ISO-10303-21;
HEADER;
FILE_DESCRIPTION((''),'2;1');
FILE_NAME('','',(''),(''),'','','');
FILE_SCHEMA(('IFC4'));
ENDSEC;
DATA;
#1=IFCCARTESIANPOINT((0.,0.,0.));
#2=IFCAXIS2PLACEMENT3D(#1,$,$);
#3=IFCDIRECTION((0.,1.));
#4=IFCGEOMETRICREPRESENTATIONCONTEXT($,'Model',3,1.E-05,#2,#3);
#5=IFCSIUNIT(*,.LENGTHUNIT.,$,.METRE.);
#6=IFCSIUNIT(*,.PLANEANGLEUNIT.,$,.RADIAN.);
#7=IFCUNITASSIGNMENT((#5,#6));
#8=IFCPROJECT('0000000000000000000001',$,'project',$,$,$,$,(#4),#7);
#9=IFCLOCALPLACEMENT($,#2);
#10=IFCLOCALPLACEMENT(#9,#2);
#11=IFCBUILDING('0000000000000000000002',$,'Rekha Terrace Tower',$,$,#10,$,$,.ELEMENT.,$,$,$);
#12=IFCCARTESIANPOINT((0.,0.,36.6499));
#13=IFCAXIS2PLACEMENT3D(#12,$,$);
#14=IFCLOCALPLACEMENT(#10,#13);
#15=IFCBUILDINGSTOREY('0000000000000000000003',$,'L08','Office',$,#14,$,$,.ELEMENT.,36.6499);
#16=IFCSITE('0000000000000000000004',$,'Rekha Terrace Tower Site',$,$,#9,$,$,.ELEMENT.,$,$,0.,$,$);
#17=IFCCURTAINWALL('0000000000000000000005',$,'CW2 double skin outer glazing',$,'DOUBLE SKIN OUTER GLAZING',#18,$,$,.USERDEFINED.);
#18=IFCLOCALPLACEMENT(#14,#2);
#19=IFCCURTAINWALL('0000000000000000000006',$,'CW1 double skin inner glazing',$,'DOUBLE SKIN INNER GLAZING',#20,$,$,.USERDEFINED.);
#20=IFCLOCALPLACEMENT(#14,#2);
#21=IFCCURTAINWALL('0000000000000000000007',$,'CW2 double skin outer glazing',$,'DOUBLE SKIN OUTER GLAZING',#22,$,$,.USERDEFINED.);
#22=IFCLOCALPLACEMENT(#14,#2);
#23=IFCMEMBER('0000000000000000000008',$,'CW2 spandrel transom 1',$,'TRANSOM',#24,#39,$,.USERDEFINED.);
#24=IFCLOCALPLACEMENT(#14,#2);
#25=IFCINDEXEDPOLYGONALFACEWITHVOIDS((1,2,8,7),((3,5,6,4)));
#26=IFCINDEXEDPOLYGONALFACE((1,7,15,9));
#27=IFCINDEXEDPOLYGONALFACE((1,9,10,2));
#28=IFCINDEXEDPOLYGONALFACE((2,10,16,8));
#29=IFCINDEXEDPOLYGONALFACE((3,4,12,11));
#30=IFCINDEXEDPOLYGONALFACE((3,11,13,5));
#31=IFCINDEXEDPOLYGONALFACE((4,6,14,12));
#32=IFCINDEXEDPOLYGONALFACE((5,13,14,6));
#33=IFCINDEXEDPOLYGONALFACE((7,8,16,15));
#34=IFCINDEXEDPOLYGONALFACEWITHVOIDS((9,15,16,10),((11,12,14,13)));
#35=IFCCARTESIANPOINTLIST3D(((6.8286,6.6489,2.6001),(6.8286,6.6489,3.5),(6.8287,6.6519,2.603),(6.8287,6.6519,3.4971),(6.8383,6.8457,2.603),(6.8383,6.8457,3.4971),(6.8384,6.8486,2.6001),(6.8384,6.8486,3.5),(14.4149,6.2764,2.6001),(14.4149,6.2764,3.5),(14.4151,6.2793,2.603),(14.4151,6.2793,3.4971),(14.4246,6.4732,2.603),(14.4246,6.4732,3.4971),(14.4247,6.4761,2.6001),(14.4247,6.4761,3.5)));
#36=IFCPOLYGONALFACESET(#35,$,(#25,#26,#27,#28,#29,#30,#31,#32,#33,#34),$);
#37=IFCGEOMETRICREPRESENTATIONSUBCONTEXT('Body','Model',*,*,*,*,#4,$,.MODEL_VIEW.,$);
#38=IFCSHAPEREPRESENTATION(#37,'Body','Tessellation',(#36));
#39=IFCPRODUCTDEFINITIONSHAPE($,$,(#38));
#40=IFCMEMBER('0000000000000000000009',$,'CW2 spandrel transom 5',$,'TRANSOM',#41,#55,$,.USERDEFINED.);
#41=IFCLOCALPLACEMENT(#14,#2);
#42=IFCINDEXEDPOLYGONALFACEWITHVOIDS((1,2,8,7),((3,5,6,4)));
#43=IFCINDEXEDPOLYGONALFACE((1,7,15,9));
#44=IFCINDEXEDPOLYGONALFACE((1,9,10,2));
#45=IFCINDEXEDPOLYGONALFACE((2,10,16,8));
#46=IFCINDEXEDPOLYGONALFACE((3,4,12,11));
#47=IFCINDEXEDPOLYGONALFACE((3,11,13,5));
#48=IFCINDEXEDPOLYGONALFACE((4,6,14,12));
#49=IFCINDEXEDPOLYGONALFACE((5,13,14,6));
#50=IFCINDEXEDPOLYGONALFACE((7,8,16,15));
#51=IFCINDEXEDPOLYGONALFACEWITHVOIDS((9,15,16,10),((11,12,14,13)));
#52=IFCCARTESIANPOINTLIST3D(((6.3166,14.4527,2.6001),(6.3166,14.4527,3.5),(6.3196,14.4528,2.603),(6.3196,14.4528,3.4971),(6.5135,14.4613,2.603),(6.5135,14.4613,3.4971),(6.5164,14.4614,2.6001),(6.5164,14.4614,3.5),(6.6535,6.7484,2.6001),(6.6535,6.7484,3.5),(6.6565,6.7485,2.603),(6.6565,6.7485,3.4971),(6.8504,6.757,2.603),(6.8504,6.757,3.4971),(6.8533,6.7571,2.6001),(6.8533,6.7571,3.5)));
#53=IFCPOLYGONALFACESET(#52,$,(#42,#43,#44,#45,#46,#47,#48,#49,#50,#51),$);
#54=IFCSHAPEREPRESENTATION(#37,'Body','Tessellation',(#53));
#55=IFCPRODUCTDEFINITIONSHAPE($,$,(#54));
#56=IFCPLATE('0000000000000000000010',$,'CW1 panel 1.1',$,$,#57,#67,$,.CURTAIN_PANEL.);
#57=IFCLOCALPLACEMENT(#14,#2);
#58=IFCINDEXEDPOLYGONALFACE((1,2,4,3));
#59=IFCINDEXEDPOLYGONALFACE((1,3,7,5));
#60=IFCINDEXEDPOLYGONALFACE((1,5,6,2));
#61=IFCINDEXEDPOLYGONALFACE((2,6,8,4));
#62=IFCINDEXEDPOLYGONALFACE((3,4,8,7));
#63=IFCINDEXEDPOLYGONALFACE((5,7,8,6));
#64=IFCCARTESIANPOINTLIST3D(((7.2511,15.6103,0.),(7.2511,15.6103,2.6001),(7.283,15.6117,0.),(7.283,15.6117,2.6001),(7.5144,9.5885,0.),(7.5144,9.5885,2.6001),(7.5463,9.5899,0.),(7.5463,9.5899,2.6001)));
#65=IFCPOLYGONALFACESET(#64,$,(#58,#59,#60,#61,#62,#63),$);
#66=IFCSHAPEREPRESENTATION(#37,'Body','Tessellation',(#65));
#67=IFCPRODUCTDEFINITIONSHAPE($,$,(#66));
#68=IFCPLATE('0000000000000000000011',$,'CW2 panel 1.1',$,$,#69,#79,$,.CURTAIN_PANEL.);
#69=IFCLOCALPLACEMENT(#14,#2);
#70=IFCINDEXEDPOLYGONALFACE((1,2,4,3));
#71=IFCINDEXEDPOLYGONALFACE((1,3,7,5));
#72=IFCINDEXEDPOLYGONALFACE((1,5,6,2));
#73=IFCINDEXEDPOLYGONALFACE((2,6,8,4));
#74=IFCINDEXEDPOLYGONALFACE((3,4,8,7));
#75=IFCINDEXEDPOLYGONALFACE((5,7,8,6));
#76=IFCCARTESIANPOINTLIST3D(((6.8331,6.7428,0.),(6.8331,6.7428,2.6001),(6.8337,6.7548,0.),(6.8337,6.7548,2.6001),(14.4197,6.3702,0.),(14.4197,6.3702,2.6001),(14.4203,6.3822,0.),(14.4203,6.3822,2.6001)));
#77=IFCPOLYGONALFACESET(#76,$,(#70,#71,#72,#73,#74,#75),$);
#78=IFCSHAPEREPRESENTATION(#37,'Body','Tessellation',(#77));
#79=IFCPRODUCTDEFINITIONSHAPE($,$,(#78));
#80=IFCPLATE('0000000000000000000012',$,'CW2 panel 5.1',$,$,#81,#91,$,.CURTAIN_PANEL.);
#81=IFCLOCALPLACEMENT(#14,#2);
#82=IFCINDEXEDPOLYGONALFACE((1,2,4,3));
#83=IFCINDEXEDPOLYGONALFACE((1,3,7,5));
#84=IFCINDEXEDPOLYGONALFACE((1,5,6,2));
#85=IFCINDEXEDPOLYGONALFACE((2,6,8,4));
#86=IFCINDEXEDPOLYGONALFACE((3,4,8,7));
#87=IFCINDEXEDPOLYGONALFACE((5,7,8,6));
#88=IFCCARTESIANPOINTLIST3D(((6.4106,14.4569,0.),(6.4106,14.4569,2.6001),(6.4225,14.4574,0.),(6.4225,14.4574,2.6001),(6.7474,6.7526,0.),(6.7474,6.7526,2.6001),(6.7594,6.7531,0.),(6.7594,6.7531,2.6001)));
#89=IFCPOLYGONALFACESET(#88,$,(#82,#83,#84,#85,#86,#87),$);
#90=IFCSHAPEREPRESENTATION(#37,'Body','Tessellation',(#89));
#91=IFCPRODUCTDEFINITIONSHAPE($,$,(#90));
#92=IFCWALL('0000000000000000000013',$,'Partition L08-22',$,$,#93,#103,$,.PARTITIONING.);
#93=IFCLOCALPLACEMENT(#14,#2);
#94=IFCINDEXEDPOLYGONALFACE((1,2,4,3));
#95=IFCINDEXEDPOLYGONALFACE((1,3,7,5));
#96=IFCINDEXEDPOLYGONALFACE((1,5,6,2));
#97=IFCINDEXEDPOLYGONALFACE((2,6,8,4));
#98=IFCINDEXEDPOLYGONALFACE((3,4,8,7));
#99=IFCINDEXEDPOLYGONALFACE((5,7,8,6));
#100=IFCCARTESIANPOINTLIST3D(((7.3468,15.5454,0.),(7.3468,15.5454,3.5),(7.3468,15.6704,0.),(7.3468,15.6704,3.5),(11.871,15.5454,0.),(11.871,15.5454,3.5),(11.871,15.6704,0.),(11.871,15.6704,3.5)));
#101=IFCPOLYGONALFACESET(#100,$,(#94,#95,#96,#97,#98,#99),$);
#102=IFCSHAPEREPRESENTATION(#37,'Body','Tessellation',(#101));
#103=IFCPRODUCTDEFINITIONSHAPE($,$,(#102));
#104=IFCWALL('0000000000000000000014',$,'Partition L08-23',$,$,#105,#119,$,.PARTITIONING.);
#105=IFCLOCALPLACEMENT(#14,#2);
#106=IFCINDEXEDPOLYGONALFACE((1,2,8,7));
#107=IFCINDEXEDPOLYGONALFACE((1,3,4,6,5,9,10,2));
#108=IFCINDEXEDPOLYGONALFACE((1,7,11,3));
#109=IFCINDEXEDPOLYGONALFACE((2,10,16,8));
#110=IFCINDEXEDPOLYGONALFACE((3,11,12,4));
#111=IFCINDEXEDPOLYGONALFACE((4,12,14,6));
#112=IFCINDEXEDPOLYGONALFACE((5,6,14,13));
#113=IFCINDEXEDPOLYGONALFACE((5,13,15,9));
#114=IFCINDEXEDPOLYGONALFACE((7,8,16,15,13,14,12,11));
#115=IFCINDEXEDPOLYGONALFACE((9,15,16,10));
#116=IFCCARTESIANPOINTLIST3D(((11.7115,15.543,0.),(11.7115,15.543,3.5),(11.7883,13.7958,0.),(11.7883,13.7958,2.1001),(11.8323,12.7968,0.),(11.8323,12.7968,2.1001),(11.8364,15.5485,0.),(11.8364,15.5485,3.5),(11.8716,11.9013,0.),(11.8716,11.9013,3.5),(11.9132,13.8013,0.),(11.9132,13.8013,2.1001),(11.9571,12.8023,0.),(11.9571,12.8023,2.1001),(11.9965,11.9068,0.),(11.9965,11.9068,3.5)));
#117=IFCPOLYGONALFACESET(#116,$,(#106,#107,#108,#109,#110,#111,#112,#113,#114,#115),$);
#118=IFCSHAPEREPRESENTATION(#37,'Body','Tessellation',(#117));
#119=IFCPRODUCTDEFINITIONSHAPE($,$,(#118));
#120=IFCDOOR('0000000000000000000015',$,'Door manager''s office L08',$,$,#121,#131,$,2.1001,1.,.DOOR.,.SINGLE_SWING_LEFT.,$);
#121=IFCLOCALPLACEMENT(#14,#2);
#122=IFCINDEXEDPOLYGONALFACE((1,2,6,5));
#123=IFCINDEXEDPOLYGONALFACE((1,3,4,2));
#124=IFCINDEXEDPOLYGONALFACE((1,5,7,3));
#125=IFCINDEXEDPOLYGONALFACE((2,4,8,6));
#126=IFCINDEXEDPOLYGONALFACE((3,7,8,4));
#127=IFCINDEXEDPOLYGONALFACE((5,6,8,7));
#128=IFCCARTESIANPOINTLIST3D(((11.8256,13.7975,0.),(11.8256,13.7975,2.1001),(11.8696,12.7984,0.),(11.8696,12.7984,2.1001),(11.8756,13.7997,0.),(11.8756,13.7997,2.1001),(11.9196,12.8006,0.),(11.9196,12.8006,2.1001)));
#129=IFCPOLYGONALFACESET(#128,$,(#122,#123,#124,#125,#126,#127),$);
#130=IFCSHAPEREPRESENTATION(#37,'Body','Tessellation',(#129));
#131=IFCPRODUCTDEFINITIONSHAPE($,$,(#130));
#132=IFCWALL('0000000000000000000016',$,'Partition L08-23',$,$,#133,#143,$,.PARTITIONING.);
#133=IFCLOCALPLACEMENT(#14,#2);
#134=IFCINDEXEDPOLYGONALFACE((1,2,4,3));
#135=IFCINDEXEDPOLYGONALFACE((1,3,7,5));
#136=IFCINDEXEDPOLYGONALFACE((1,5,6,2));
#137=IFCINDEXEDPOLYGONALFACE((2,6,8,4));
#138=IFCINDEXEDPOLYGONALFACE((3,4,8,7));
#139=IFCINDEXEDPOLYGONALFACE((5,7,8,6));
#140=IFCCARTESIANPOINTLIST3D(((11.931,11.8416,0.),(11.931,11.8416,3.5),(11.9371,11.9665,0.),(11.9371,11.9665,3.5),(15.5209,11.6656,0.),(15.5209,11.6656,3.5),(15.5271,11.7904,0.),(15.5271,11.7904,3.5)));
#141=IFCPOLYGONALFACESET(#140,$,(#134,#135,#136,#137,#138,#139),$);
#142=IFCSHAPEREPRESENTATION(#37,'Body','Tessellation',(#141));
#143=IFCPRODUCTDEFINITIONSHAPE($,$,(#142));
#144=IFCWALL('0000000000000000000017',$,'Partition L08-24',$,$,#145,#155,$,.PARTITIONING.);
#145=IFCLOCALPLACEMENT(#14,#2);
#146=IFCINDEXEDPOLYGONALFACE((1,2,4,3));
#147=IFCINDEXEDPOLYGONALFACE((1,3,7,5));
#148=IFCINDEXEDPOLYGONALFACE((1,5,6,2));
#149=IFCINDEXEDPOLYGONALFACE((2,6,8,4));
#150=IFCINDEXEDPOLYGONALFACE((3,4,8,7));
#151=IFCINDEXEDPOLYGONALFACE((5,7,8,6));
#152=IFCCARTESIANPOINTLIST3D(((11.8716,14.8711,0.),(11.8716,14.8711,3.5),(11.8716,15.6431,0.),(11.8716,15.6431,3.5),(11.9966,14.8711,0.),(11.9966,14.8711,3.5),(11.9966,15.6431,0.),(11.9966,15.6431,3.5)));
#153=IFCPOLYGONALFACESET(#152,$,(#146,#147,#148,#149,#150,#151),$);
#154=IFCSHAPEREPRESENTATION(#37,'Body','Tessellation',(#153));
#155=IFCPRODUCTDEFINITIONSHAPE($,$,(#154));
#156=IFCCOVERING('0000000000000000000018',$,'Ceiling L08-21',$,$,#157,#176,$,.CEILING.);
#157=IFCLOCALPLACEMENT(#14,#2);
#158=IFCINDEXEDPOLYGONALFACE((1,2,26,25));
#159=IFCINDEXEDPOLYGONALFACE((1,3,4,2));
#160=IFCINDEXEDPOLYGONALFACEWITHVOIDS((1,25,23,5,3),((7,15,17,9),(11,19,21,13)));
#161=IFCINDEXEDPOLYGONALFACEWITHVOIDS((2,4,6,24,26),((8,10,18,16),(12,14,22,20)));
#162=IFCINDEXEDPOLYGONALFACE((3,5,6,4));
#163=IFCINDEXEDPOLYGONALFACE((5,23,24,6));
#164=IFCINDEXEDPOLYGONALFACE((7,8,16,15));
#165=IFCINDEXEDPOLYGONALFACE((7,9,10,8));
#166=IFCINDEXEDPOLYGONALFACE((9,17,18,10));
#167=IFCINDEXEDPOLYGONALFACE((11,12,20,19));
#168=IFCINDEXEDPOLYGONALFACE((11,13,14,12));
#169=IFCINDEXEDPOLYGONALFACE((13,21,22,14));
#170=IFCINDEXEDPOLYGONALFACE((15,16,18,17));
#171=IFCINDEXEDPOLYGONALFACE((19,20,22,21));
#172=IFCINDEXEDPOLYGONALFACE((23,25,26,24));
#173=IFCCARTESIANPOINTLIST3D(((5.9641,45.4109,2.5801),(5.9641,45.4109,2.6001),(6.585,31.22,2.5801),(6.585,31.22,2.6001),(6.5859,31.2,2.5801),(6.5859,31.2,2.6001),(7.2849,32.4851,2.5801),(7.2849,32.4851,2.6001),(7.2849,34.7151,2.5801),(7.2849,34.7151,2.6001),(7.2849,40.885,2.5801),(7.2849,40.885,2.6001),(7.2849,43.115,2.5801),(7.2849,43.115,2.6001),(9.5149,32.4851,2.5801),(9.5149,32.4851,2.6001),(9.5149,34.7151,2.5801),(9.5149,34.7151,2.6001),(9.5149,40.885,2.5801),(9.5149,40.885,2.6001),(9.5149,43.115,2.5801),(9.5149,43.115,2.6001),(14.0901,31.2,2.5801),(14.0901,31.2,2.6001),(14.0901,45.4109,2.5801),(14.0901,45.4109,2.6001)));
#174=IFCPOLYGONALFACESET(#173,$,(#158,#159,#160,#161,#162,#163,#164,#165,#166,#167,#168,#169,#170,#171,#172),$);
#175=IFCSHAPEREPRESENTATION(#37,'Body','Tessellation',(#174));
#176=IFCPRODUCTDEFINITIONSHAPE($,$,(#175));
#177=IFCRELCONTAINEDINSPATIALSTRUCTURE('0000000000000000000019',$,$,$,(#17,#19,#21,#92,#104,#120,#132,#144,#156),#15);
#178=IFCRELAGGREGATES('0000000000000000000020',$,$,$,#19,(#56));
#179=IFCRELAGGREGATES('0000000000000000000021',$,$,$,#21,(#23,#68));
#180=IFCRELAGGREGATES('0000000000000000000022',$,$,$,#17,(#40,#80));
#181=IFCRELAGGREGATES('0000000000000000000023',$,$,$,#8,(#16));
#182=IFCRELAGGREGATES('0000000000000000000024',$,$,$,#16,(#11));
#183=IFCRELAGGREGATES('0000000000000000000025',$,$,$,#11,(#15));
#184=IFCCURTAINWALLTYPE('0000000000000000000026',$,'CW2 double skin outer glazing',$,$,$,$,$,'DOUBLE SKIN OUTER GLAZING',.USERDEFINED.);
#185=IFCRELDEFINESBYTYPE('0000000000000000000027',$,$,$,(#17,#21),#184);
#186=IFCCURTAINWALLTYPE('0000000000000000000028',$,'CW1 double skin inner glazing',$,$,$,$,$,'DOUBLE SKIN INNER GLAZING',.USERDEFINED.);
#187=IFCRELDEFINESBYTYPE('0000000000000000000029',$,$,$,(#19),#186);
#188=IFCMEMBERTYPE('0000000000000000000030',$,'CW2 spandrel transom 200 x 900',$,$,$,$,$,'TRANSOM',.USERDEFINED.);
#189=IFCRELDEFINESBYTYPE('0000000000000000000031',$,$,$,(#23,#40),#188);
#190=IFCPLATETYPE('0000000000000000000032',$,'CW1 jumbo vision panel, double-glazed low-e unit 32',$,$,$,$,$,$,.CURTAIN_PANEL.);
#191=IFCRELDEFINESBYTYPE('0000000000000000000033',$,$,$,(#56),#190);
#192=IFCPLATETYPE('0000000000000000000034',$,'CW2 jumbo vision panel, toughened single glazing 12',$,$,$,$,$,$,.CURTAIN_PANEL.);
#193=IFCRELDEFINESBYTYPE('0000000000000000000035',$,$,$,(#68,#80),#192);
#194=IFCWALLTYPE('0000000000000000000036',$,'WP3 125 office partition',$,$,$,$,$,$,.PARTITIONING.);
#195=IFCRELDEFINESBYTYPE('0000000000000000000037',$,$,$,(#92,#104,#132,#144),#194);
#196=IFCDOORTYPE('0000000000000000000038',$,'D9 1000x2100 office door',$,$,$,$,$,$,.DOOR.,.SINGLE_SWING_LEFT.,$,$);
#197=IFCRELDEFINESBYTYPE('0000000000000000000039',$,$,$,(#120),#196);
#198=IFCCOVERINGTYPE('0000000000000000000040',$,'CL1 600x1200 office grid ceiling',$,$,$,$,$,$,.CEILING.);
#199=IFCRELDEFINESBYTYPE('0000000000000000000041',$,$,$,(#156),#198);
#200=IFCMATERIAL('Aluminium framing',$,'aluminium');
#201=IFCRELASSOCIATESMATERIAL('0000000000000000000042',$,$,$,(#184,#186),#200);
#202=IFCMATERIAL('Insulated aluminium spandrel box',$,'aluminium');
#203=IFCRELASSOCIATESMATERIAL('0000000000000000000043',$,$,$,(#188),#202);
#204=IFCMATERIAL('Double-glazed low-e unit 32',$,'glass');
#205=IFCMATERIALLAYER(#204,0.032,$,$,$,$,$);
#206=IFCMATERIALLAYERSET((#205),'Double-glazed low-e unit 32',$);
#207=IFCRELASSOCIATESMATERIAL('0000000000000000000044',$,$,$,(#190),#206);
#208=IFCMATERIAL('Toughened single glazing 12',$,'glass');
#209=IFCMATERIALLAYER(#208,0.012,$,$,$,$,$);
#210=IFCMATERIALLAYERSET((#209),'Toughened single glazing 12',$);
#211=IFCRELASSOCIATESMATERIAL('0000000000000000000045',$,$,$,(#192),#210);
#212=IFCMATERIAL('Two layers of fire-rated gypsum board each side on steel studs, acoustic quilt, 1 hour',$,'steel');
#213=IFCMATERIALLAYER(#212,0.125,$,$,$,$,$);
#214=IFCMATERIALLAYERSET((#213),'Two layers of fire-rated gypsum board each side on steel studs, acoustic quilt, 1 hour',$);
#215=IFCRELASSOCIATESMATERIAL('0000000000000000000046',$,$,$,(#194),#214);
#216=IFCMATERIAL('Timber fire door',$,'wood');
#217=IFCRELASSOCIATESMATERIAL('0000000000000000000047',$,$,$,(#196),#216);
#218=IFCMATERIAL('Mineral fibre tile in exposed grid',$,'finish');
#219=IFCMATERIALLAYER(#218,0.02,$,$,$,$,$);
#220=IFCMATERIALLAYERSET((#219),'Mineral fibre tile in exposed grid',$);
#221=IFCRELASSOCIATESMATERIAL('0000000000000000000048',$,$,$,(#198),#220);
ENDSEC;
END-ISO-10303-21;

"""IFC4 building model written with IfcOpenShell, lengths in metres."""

from ifc_helpers import new_model, si_unit, direction, frame, frame_2d, origin, origin_2d, place, context, subcontext, project, spatial, polyline, rectangle, hollow_rectangle, outline, extrude, material, layer, layer_set, material_profile, profile_set, type_object, element, fill, aggregate, save


model = new_model("IFC4")

# Units and contexts
model_context = context("Model", 3, precision=1e-05, world=origin(), true_north=direction((0.0, 1.0)))
body_context = subcontext(model_context, "Body", "Model", "MODEL_VIEW")
ifc_project = project(units=[si_unit("LENGTHUNIT", "METRE"), si_unit("PLANEANGLEUNIT", "RADIAN")], contexts=[model_context])

# Site, building, storey
site_placement = place(None, origin())
site = spatial("IfcSite", under=ifc_project, at=site_placement, Name="Rekha Terrace Tower Site", CompositionType="ELEMENT", RefElevation=0.0)
building_placement = place(site_placement, origin())
building = spatial("IfcBuilding", under=site, at=building_placement, Name="Rekha Terrace Tower", CompositionType="ELEMENT")
storey_placement = place(building_placement, frame((0.0, 0.0, 36.6499)))
storey = spatial("IfcBuildingStorey", under=building, at=storey_placement, Name="L08", Description="Office", CompositionType="ELEMENT", Elevation=36.6499)

# Curtain wall
ifc_material_1 = material(Name="Aluminium framing", Category="aluminium")
curtain_wall_type_1 = type_object("IfcCurtainWallType", Name="CW2 double skin outer glazing", ElementType="DOUBLE SKIN OUTER GLAZING", PredefinedType="USERDEFINED", material=ifc_material_1)
curtain_wall_1_placement = place(storey_placement, origin())
curtain_wall_1 = element("IfcCurtainWall", 1, at=curtain_wall_1_placement, inside=storey, type_object=curtain_wall_type_1, Name="CW2 double skin outer glazing", ObjectType="DOUBLE SKIN OUTER GLAZING", PredefinedType="USERDEFINED")
curtain_wall_type_2 = type_object("IfcCurtainWallType", Name="CW1 double skin inner glazing", ElementType="DOUBLE SKIN INNER GLAZING", PredefinedType="USERDEFINED", material=ifc_material_1)

# Curtain wall
curtain_wall_2_placement = place(storey_placement, origin())
curtain_wall_2 = element("IfcCurtainWall", 2, at=curtain_wall_2_placement, inside=storey, type_object=curtain_wall_type_2, Name="CW1 double skin inner glazing", ObjectType="DOUBLE SKIN INNER GLAZING", PredefinedType="USERDEFINED")

# Shared definitions
ifc_material_2 = material(Name="Insulated aluminium spandrel box", Category="aluminium")

# Curtain wall
curtain_wall_3_placement = place(storey_placement, origin())
curtain_wall_3 = element("IfcCurtainWall", 3, at=curtain_wall_3_placement, inside=storey, type_object=curtain_wall_type_1, Name="CW2 double skin outer glazing", ObjectType="DOUBLE SKIN OUTER GLAZING", PredefinedType="USERDEFINED")

# Members
ifc_material_profile_1 = material_profile(ifc_material_2, hollow_rectangle(XDim=0.2, YDim=0.8999, WallThickness=0.0029, at=origin_2d()), Name="AL SPANDREL BOX 200x900")
ifc_profile_set_1 = profile_set([ifc_material_profile_1], Name="Insulated aluminium spandrel box")
member_type_1 = type_object("IfcMemberType", Name="CW2 spandrel transom 200 x 900", ElementType="TRANSOM", PredefinedType="USERDEFINED", material=ifc_profile_set_1)
member_1_placement = place(storey_placement, frame((6.8335, 6.7488, 3.05), z_axis=(0.998796, -0.049049, 0.0), x_axis=(0.049049, 0.998796, 0.0)))
member_1 = element("IfcMember", 4, at=member_1_placement, type_object=member_type_1, Name="CW2 spandrel transom 1", ObjectType="TRANSOM", PredefinedType="USERDEFINED", context=body_context, shape_type="SweptSolid", body=[
    extrude(hollow_rectangle(XDim=0.2, YDim=0.8999, WallThickness=0.0029, at=origin_2d()), origin(), (0.0, 0.0, 1.0), 7.5955),
])
member_2_placement = place(storey_placement, frame((6.4165, 14.457, 3.05), z_axis=(0.043689, -0.999045, 0.0), x_axis=(0.999045, 0.043689, 0.0)))
member_2 = element("IfcMember", 5, at=member_2_placement, type_object=member_type_1, Name="CW2 spandrel transom 5", ObjectType="TRANSOM", PredefinedType="USERDEFINED", context=body_context, shape_type="SweptSolid", body=[
    extrude(hollow_rectangle(XDim=0.2, YDim=0.8999, WallThickness=0.0029, at=origin_2d()), origin(), (0.0, 0.0, 1.0), 7.7117),
])

# Plates
ifc_material_3 = material(Name="Double-glazed low-e unit 32", Category="glass")
ifc_layer_1 = layer(ifc_material_3, 0.032)
ifc_layer_set_1 = layer_set([ifc_layer_1], Name="Double-glazed low-e unit 32")
plate_type_1 = type_object("IfcPlateType", Name="CW1 jumbo vision panel, double-glazed low-e unit 32", PredefinedType="CURTAIN_PANEL", material=ifc_layer_set_1)
plate_1_placement = place(storey_placement, frame((7.3987, 12.6001, 0.0), z_axis=(0.0, 0.0, 1.0), x_axis=(0.043683, -0.999045, 0.0)))
plate_1 = element("IfcPlate", 6, at=plate_1_placement, type_object=plate_type_1, Name="CW1 panel 1.1", PredefinedType="CURTAIN_PANEL", context=body_context, shape_type="SweptSolid", body=[
    extrude(rectangle(XDim=6.0276, YDim=0.032, at=origin_2d()), origin(), (0.0, 0.0, 1.0), 2.6001),
])
aggregate(curtain_wall_2, [plate_1])
ifc_material_4 = material(Name="Toughened single glazing 12", Category="glass")
ifc_layer_2 = layer(ifc_material_4, 0.012)
ifc_layer_set_2 = layer_set([ifc_layer_2], Name="Toughened single glazing 12")
plate_type_2 = type_object("IfcPlateType", Name="CW2 jumbo vision panel, toughened single glazing 12", PredefinedType="CURTAIN_PANEL", material=ifc_layer_set_2)
plate_2_placement = place(storey_placement, frame((10.6267, 6.5625, 0.0), z_axis=(0.0, 0.0, 1.0), x_axis=(0.998796, -0.049052, 0.0)))
plate_2 = element("IfcPlate", 7, at=plate_2_placement, type_object=plate_type_2, Name="CW2 panel 1.1", PredefinedType="CURTAIN_PANEL", context=body_context, shape_type="SweptSolid", body=[
    extrude(rectangle(XDim=7.5957, YDim=0.012, at=origin_2d()), origin(), (0.0, 0.0, 1.0), 2.6001),
])
aggregate(curtain_wall_3, [member_1, plate_2])
plate_3_placement = place(storey_placement, frame((6.585, 10.605, 0.0), z_axis=(0.0, 0.0, 1.0), x_axis=(0.043683, -0.999045, 0.0)))
plate_3 = element("IfcPlate", 8, at=plate_3_placement, type_object=plate_type_2, Name="CW2 panel 5.1", PredefinedType="CURTAIN_PANEL", context=body_context, shape_type="SweptSolid", body=[
    extrude(rectangle(XDim=7.7117, YDim=0.012, at=origin_2d()), origin(), (0.0, 0.0, 1.0), 2.6001),
])
aggregate(curtain_wall_1, [member_2, plate_3])

# Wall
ifc_material_5 = material(Name="Two layers of fire-rated gypsum board each side on steel studs, acoustic quilt, 1 hour", Category="steel")
ifc_layer_3 = layer(ifc_material_5, 0.125)
ifc_layer_set_3 = layer_set([ifc_layer_3], Name="Two layers of fire-rated gypsum board each side on steel studs, acoustic quilt, 1 hour")
wall_type = type_object("IfcWallType", Name="WP3 125 office partition", PredefinedType="PARTITIONING", material=ifc_layer_set_3)
wall_1_placement = place(storey_placement, frame((11.8711, 15.6079, 0.0), z_axis=(0.0, 0.0, 1.0), x_axis=(-1.0, 0.0, 0.0)))
element("IfcWall", 9, at=wall_1_placement, inside=storey, type_object=wall_type, Name="Partition L08-22", PredefinedType="PARTITIONING", context=body_context, shape_type="SweptSolid", body=[
    extrude(rectangle(XDim=4.5242, YDim=0.125, at=frame_2d((2.2622, 0.0))), origin(), (0.0, 0.0, 1.0), 3.5),
])

# Wall, opening, door
wall_2_placement = place(storey_placement, frame((11.7739, 15.5459, 0.0), z_axis=(0.0, 0.0, 1.0), x_axis=(0.043934, -0.999034, 0.0)))
wall_2 = element("IfcWall", 10, at=wall_2_placement, inside=storey, type_object=wall_type, Name="Partition L08-23", PredefinedType="PARTITIONING", context=body_context, shape_type="SweptSolid", body=[
    extrude(rectangle(XDim=3.6453, YDim=0.125, at=frame_2d((1.8228, 0.0))), origin(), (0.0, 0.0, 1.0), 3.5),
])
opening_placement = place(wall_2_placement, frame((1.749, 0.0, 0.0)))
opening = element("IfcOpeningElement", 11, at=opening_placement, cuts=wall_2, PredefinedType="OPENING", context=body_context, shape_type="SweptSolid", body=[
    extrude(rectangle(XDim=1.0, YDim=2.1001, at=frame_2d((0.5, 1.05))), frame((0.0, 0.0725, 0.0), z_axis=(0.0, -1.0, 0.0), x_axis=(1.0, 0.0, 0.0)), (0.0, 0.0, 1.0), 0.145),
])
ifc_material_6 = material(Name="Timber fire door", Category="wood")
door_type = type_object("IfcDoorType", Name="D9 1000x2100 office door", OperationType="SINGLE_SWING_LEFT", PredefinedType="DOOR", material=ifc_material_6)
door_placement = place(opening_placement, origin())
door = element("IfcDoor", 12, at=door_placement, inside=storey, type_object=door_type, Name="Door manager's office L08", OperationType="SINGLE_SWING_LEFT", OverallHeight=2.1001, OverallWidth=1.0, PredefinedType="DOOR", context=body_context, shape_type="SweptSolid", body=[
    extrude(rectangle(XDim=1.0, YDim=2.1001, at=frame_2d((0.5, 1.05))), frame((0.0, 0.0249, 0.0), z_axis=(0.0, -1.0, 0.0), x_axis=(1.0, 0.0, 0.0)), (0.0, 0.0, 1.0), 0.05),
])
fill(opening, door)

# Walls
wall_3_placement = place(storey_placement, frame((11.9341, 11.9041, 0.0), z_axis=(0.0, 0.0, 1.0), x_axis=(0.9988, -0.048975, 0.0)))
element("IfcWall", 13, at=wall_3_placement, inside=storey, type_object=wall_type, Name="Partition L08-23", PredefinedType="PARTITIONING", context=body_context, shape_type="SweptSolid", body=[
    extrude(rectangle(XDim=3.5942, YDim=0.125, at=frame_2d((1.7971, 0.0))), origin(), (0.0, 0.0, 1.0), 3.5),
])
wall_4_placement = place(storey_placement, frame((11.9341, 14.8711, 0.0), z_axis=(0.0, 0.0, 1.0), x_axis=(0.0, 1.0, 0.0)))
element("IfcWall", 14, at=wall_4_placement, inside=storey, type_object=wall_type, Name="Partition L08-24", PredefinedType="PARTITIONING", context=body_context, shape_type="SweptSolid", body=[
    extrude(rectangle(XDim=0.772, YDim=0.125, at=frame_2d((0.386, 0.0))), origin(), (0.0, 0.0, 1.0), 3.5),
])

# Covering
ifc_material_7 = material(Name="Mineral fibre tile in exposed grid", Category="finish")
ifc_layer_4 = layer(ifc_material_7, 0.02)
ifc_layer_set_4 = layer_set([ifc_layer_4], Name="Mineral fibre tile in exposed grid")
covering_type_1 = type_object("IfcCoveringType", Name="CL1 600x1200 office grid ceiling", PredefinedType="CEILING", material=ifc_layer_set_4)
covering_1_placement = place(storey_placement, frame((0.0, 0.0, 2.5801)))
element("IfcCovering", 15, at=covering_1_placement, inside=storey, type_object=covering_type_1, Name="Ceiling L08-21", PredefinedType="CEILING", context=body_context, shape_type="SweptSolid", body=[
    extrude(outline(polyline([(14.0901, 31.2), (14.0901, 45.4109), (5.9641, 45.4109), (6.585, 31.22), (6.5859, 31.2), (14.0901, 31.2)]), holes=[polyline([(9.5149, 32.4851), (7.2849, 32.4851), (7.2849, 34.7151), (9.5149, 34.7151), (9.5149, 32.4851)]), polyline([(9.5149, 40.885), (7.2849, 40.885), (7.2849, 43.115), (9.5149, 43.115), (9.5149, 40.885)])]), origin(), (0.0, 0.0, 1.0), 0.02),
])

save(model, "model.ifc")
